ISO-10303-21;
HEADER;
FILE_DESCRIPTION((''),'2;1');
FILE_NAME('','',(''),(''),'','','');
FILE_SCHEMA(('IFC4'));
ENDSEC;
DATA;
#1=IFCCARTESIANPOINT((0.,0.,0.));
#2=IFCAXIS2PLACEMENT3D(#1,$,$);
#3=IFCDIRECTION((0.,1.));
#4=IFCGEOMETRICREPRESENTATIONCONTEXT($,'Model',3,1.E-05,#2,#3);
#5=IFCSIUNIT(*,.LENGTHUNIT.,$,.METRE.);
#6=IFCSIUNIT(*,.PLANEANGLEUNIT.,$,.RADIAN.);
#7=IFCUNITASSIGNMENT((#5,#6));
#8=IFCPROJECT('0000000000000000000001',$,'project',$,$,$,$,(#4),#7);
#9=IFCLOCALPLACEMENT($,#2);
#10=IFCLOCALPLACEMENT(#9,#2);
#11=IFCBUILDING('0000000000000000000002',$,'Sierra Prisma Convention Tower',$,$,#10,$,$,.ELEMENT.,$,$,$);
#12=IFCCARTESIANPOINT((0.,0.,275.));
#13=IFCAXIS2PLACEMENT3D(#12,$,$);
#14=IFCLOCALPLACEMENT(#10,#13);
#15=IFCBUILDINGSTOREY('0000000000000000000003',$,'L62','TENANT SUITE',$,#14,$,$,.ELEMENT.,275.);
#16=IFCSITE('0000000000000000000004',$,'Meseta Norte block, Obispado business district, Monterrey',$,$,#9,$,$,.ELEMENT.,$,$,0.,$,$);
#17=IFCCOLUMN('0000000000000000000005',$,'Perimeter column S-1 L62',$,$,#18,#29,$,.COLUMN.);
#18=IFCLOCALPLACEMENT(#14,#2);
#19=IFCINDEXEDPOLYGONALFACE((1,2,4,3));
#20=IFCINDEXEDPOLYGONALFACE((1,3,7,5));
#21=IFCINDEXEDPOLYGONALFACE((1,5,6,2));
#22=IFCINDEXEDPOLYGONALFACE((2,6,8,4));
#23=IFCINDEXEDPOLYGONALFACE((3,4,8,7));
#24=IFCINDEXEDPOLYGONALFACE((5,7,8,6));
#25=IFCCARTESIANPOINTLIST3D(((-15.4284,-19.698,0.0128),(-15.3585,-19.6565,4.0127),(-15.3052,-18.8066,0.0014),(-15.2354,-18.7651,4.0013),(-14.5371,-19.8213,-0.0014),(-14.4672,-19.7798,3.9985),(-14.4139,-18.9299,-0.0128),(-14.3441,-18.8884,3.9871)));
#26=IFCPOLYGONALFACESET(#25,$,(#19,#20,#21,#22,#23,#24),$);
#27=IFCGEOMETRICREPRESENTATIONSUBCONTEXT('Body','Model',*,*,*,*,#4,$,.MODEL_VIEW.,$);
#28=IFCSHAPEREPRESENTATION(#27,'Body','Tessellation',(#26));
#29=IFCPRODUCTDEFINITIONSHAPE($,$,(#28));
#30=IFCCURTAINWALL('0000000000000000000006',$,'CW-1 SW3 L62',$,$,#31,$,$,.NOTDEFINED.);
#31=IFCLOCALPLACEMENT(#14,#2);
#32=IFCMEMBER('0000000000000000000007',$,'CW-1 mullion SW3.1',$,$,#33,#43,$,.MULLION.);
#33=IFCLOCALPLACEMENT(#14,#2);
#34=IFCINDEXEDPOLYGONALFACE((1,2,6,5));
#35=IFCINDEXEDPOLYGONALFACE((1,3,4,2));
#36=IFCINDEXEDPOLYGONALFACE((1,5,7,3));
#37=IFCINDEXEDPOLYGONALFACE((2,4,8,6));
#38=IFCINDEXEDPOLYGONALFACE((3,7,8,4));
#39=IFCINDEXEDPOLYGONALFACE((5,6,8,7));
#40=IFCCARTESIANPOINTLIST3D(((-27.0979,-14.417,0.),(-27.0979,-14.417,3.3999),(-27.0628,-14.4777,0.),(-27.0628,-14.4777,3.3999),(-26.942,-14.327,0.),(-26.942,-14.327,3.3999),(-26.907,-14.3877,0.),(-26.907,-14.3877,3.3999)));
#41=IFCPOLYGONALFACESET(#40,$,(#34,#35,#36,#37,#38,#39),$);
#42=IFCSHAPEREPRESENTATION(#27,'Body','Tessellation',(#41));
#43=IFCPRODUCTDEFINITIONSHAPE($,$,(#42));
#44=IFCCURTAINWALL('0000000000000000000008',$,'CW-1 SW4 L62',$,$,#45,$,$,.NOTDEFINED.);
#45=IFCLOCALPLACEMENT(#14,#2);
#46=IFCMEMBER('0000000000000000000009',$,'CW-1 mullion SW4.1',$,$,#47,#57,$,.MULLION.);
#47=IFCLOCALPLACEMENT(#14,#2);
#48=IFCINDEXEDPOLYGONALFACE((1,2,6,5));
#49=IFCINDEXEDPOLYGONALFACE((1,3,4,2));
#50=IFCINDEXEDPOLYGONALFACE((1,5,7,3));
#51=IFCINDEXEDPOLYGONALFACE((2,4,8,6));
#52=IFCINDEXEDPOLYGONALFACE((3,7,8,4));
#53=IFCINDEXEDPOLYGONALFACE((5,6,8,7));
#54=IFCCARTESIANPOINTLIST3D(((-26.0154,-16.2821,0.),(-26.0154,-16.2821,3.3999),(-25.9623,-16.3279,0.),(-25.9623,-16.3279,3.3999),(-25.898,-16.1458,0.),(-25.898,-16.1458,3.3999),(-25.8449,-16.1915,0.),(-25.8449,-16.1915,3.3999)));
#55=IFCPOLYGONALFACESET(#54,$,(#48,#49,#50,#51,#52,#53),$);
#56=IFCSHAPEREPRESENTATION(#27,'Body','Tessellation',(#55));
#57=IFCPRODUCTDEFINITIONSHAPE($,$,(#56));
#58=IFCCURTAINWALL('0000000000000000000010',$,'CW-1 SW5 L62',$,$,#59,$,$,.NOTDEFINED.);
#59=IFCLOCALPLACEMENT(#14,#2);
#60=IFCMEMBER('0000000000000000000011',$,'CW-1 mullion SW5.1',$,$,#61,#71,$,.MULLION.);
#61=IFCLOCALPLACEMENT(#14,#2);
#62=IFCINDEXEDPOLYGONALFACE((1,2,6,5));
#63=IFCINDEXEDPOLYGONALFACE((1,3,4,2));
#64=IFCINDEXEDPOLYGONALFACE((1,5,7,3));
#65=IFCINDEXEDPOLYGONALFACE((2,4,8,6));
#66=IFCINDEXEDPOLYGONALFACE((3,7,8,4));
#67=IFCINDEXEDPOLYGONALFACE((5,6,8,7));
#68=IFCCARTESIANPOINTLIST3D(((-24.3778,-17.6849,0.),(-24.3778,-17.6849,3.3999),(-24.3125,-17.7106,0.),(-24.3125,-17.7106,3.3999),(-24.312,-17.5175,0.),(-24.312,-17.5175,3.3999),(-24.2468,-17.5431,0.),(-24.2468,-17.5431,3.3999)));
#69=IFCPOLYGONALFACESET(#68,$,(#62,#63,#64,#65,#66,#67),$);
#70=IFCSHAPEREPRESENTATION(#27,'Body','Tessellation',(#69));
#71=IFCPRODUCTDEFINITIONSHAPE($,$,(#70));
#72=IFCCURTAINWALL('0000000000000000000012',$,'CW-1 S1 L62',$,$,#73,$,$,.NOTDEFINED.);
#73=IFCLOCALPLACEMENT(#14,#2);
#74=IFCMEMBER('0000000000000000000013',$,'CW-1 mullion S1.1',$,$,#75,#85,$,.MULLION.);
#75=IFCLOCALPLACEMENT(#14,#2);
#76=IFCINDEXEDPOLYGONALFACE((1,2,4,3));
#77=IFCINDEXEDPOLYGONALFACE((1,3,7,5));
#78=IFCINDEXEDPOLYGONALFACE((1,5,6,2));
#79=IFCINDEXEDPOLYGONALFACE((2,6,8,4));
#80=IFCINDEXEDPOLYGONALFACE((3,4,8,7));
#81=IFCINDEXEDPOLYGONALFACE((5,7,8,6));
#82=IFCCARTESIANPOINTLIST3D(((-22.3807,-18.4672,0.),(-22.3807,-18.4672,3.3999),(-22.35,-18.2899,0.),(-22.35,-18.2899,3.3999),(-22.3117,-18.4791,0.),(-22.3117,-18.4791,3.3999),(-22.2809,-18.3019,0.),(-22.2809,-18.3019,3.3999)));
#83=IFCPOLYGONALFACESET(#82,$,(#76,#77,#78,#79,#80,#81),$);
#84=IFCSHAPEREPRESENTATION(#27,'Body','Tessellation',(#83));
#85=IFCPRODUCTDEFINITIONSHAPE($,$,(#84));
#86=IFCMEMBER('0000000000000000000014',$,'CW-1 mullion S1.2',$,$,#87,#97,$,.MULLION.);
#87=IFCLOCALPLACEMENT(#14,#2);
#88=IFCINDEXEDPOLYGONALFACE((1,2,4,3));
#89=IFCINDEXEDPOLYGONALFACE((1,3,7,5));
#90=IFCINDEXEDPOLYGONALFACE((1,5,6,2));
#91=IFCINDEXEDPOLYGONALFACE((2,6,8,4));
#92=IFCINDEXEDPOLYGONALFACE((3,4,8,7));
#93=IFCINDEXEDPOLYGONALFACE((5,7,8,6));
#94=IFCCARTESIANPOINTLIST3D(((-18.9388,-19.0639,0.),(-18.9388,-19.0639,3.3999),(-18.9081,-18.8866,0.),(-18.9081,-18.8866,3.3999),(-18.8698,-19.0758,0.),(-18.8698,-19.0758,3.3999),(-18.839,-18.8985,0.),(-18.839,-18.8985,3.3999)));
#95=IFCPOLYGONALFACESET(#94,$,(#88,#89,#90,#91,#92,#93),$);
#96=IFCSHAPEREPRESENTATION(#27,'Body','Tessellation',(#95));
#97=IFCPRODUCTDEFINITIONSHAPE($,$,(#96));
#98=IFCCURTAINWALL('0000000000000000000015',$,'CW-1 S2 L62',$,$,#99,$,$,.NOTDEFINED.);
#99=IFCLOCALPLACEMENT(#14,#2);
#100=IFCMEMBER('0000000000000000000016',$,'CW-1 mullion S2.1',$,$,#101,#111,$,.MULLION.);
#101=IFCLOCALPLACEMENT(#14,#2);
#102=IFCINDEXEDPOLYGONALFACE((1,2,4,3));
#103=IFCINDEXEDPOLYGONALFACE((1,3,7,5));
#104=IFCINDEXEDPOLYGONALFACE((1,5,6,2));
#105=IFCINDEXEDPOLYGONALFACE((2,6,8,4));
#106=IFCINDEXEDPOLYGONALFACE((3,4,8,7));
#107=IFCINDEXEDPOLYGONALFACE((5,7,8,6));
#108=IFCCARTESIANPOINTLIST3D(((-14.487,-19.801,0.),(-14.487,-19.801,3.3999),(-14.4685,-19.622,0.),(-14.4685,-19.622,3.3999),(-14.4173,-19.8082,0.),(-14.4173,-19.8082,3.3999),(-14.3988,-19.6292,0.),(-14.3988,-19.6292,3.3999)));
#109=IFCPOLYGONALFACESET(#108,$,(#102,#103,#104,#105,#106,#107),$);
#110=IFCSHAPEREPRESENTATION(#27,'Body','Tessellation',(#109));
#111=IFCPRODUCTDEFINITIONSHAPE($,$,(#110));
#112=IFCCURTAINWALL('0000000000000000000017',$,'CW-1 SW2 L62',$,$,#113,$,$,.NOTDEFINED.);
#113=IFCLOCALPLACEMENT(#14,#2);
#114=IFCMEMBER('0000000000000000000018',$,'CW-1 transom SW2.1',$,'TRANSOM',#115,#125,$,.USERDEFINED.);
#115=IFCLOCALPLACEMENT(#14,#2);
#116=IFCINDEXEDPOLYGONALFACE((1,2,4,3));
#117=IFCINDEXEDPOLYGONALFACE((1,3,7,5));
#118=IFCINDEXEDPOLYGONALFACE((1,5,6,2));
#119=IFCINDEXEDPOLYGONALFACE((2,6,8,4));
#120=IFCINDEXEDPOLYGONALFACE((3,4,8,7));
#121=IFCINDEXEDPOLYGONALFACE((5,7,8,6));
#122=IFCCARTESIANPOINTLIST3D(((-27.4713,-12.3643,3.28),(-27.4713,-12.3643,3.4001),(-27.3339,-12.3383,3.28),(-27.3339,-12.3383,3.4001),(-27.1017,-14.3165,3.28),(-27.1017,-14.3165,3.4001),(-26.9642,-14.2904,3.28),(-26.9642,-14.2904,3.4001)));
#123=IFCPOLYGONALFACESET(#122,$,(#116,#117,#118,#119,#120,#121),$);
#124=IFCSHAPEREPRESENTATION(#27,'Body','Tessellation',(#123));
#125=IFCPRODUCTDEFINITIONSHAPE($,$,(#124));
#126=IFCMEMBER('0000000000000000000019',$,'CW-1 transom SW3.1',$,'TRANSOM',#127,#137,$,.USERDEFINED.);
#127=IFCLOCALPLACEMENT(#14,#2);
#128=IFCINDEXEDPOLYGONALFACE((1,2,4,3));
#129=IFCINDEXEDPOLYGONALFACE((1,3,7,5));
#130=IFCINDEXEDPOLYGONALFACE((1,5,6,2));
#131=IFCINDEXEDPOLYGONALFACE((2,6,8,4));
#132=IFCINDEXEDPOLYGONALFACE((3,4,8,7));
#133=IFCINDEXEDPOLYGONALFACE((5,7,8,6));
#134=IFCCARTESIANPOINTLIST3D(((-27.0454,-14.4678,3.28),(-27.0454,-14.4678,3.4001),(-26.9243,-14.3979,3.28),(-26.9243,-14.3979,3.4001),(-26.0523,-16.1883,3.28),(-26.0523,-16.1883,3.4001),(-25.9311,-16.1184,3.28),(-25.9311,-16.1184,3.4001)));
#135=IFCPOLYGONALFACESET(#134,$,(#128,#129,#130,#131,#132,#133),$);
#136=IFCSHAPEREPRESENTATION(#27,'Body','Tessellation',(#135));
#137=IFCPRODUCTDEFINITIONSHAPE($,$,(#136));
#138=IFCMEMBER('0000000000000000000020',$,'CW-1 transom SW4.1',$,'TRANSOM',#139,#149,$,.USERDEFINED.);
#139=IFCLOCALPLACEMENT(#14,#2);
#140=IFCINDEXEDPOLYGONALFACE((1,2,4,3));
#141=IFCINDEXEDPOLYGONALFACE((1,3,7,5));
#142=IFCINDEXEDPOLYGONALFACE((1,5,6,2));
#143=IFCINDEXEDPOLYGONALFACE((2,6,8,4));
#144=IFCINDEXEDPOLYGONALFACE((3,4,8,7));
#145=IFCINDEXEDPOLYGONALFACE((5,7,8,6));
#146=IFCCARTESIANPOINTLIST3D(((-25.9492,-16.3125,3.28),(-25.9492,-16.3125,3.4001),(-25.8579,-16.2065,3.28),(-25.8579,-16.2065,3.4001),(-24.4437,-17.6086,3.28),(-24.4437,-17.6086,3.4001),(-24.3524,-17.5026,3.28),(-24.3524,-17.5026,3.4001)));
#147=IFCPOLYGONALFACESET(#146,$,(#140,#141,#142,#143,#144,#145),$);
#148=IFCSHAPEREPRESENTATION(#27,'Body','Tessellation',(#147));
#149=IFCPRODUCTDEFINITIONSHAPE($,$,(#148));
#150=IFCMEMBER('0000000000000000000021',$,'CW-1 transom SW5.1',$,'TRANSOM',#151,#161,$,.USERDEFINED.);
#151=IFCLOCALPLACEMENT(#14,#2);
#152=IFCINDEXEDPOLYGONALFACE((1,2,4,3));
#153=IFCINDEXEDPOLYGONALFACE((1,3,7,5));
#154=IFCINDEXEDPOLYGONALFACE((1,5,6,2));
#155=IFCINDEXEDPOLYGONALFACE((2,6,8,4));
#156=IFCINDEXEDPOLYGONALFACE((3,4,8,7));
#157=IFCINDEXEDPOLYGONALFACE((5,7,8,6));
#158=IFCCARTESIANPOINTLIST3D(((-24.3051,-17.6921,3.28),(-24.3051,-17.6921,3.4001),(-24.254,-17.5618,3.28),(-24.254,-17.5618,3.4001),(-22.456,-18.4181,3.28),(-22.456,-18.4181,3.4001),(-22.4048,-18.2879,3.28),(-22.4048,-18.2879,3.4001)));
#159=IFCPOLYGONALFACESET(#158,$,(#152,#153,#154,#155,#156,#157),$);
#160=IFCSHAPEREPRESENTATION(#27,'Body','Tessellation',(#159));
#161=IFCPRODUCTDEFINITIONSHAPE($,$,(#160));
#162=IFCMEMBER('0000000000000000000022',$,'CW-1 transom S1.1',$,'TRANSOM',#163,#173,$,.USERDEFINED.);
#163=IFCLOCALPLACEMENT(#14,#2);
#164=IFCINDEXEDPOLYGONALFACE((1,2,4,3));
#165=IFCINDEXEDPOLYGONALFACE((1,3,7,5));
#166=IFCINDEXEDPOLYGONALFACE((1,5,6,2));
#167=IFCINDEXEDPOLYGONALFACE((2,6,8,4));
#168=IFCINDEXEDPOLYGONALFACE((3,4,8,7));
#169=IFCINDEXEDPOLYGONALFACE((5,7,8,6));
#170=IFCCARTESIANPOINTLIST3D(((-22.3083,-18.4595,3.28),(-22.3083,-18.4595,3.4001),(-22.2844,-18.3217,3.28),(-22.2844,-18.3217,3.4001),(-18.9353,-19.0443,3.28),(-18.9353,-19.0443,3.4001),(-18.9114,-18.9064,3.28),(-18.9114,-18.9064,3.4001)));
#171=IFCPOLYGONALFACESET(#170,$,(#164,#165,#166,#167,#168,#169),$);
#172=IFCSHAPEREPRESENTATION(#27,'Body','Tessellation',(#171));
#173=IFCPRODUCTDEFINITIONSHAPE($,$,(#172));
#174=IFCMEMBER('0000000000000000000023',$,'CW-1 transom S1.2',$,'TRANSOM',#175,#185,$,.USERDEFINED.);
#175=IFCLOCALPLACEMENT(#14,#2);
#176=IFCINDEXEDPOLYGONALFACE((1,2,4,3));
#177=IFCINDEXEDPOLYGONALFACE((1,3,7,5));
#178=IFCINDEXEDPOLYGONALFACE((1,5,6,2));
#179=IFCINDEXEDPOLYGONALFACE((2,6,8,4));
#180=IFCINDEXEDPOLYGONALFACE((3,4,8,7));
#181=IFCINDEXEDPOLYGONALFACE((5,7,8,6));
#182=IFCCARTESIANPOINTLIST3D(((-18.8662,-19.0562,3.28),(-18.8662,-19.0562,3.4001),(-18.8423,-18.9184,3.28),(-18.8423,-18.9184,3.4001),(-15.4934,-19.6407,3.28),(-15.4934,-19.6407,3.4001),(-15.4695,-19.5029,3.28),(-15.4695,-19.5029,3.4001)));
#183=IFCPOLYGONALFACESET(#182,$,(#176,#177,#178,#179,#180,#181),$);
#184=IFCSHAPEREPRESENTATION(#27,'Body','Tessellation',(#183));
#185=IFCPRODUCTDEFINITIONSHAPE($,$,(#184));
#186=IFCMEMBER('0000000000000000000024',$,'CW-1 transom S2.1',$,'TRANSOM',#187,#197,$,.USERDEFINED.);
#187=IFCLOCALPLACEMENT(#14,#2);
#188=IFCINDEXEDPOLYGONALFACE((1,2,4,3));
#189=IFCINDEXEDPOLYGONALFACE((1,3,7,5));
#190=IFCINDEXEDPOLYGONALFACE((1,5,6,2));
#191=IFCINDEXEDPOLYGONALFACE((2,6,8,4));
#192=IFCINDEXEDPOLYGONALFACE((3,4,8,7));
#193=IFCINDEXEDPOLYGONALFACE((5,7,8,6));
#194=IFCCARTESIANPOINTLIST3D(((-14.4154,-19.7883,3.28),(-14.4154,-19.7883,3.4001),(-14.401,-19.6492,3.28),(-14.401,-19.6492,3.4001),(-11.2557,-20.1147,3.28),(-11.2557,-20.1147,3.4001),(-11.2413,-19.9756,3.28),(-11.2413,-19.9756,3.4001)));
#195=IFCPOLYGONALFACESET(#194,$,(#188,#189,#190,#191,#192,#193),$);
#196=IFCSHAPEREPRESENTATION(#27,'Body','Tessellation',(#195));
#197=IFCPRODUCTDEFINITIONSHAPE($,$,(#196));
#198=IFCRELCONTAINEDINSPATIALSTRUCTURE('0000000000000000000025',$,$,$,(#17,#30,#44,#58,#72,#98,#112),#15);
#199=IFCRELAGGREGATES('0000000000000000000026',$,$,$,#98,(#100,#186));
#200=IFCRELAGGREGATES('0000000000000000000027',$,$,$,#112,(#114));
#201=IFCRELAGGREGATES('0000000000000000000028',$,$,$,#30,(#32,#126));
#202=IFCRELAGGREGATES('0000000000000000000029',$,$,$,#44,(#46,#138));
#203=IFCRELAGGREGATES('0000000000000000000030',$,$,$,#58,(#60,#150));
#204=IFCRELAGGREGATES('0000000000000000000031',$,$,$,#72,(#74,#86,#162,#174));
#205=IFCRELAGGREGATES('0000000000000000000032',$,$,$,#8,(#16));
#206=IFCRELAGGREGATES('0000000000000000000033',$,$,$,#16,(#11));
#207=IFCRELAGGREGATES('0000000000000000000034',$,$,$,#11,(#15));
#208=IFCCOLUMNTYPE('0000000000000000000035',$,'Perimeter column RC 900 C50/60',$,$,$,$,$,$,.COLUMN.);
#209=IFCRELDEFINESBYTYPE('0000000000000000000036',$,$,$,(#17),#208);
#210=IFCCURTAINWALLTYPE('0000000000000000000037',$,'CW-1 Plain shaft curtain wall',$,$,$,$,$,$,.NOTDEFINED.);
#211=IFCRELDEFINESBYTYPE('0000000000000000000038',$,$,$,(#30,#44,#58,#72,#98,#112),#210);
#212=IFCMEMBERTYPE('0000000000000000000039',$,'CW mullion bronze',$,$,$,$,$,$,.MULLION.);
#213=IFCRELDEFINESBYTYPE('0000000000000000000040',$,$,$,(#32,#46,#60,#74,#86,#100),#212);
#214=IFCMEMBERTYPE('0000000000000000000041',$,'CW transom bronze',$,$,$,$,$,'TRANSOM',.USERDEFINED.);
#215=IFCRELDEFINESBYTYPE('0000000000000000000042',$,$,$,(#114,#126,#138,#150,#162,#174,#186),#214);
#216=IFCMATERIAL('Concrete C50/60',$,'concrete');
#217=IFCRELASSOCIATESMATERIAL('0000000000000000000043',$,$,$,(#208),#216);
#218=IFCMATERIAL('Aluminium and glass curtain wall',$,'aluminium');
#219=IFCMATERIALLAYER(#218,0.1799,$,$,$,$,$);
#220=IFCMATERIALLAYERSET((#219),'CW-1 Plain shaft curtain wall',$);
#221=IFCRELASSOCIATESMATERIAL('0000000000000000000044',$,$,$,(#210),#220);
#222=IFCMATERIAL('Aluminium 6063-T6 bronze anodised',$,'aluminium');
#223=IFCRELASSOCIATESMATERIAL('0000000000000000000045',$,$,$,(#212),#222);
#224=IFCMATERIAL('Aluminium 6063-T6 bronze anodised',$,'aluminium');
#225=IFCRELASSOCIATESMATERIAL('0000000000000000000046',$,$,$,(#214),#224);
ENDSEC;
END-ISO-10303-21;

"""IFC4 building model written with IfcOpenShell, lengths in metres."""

from ifc_helpers import new_model, si_unit, direction, frame, origin, origin_2d, place, context, subcontext, project, spatial, rectangle, extrude, material, layer, layer_set, material_profile, profile_set, type_object, element, aggregate, save


model = new_model("IFC4")

# Units and contexts
model_context = context("Model", 3, precision=1e-05, world=origin(), true_north=direction((0.0, 1.0)))
body_context = subcontext(model_context, "Body", "Model", "MODEL_VIEW")
ifc_project = project(units=[si_unit("LENGTHUNIT", "METRE"), si_unit("PLANEANGLEUNIT", "RADIAN")], contexts=[model_context])

# Site, building, storey
site_placement = place(None, origin())
site = spatial("IfcSite", under=ifc_project, at=site_placement, Name="Meseta Norte block, Obispado business district, Monterrey", CompositionType="ELEMENT", RefElevation=0.0)
building_placement = place(site_placement, origin())
building = spatial("IfcBuilding", under=site, at=building_placement, Name="Sierra Prisma Convention Tower", CompositionType="ELEMENT")
storey_placement = place(building_placement, frame((0.0, 0.0, 275.0)))
storey = spatial("IfcBuildingStorey", under=building, at=storey_placement, Name="L62", Description="TENANT SUITE", CompositionType="ELEMENT", Elevation=275.0)

# Column
ifc_material_1 = material(Name="Concrete C50/60", Category="concrete")
ifc_material_profile_1 = material_profile(ifc_material_1, rectangle(XDim=0.8999, YDim=0.8999, at=origin_2d()), Name="Perimeter column RC 900 C50/60")
ifc_profile_set_1 = profile_set([ifc_material_profile_1], Name="Concrete C50/60")
column_type = type_object("IfcColumnType", Name="Perimeter column RC 900 C50/60", PredefinedType="COLUMN", material=ifc_profile_set_1)
column_placement = place(storey_placement, frame((-14.9211, -19.314, 0.0), z_axis=(0.017452, 0.010374, 0.999794), x_axis=(-0.990437, 0.137048, 0.015867)))
element("IfcColumn", 1, at=column_placement, inside=storey, type_object=column_type, Name="Perimeter column S-1 L62", PredefinedType="COLUMN", context=body_context, shape_type="SweptSolid", body=[
    extrude(rectangle(XDim=0.8999, YDim=0.8999, at=origin_2d()), origin(), (0.0, 0.0, 1.0), 4.0007),
])

# Curtain walls, members
ifc_material_2 = material(Name="Aluminium and glass curtain wall", Category="aluminium")
ifc_layer_1 = layer(ifc_material_2, 0.1799)
ifc_layer_set_1 = layer_set([ifc_layer_1], Name="CW-1 Plain shaft curtain wall")
curtain_wall_type = type_object("IfcCurtainWallType", Name="CW-1 Plain shaft curtain wall", PredefinedType="NOTDEFINED", material=ifc_layer_set_1)
curtain_wall_1_placement = place(storey_placement, origin())
curtain_wall_1 = element("IfcCurtainWall", 2, at=curtain_wall_1_placement, inside=storey, type_object=curtain_wall_type, Name="CW-1 SW3 L62", PredefinedType="NOTDEFINED")
ifc_material_3 = material(Name="Aluminium 6063-T6 bronze anodised", Category="aluminium")
ifc_material_profile_2 = material_profile(ifc_material_3, rectangle(XDim=0.1799, YDim=0.0701, at=origin_2d()), Name="ALU MULLION 70x180")
ifc_profile_set_2 = profile_set([ifc_material_profile_2], Name="Aluminium 6063-T6 bronze anodised")
member_type_1 = type_object("IfcMemberType", Name="CW mullion bronze", PredefinedType="MULLION", material=ifc_profile_set_2)
member_1_placement = place(storey_placement, frame((-27.0024, -14.4023, 0.0), z_axis=(0.0, 0.0, 1.0), x_axis=(0.866025, 0.5, 0.0)))
member_1 = element("IfcMember", 3, at=member_1_placement, type_object=member_type_1, Name="CW-1 mullion SW3.1", PredefinedType="MULLION", context=body_context, shape_type="SweptSolid", body=[
    extrude(rectangle(XDim=0.1799, YDim=0.0701, at=origin_2d()), origin(), (0.0, 0.0, 1.0), 3.3999),
])
curtain_wall_2_placement = place(storey_placement, origin())
curtain_wall_2 = element("IfcCurtainWall", 4, at=curtain_wall_2_placement, inside=storey, type_object=curtain_wall_type, Name="CW-1 SW4 L62", PredefinedType="NOTDEFINED")
member_2_placement = place(storey_placement, frame((-25.9302, -16.2368, 0.0), z_axis=(0.0, 0.0, 1.0), x_axis=(0.652367, 0.757903, 0.0)))
member_2 = element("IfcMember", 5, at=member_2_placement, type_object=member_type_1, Name="CW-1 mullion SW4.1", PredefinedType="MULLION", context=body_context, shape_type="SweptSolid", body=[
    extrude(rectangle(XDim=0.1799, YDim=0.0701, at=origin_2d()), origin(), (0.0, 0.0, 1.0), 3.3999),
])
curtain_wall_3_placement = place(storey_placement, origin())
curtain_wall_3 = element("IfcCurtainWall", 6, at=curtain_wall_3_placement, inside=storey, type_object=curtain_wall_type, Name="CW-1 SW5 L62", PredefinedType="NOTDEFINED")
member_3_placement = place(storey_placement, frame((-24.3123, -17.614, 0.0), z_axis=(0.0, 0.0, 1.0), x_axis=(0.365536, 0.930797, 0.0)))
member_3 = element("IfcMember", 7, at=member_3_placement, type_object=member_type_1, Name="CW-1 mullion SW5.1", PredefinedType="MULLION", context=body_context, shape_type="SweptSolid", body=[
    extrude(rectangle(XDim=0.1799, YDim=0.0701, at=origin_2d()), origin(), (0.0, 0.0, 1.0), 3.3999),
])

# Curtain wall, members
curtain_wall_4_placement = place(storey_placement, origin())
curtain_wall_4 = element("IfcCurtainWall", 8, at=curtain_wall_4_placement, inside=storey, type_object=curtain_wall_type, Name="CW-1 S1 L62", PredefinedType="NOTDEFINED")
member_4_placement = place(storey_placement, frame((-22.3308, -18.3845, 0.0), z_axis=(0.0, 0.0, 1.0), x_axis=(0.170793, 0.985307, 0.0)))
member_4 = element("IfcMember", 9, at=member_4_placement, type_object=member_type_1, Name="CW-1 mullion S1.1", PredefinedType="MULLION", context=body_context, shape_type="SweptSolid", body=[
    extrude(rectangle(XDim=0.1799, YDim=0.0701, at=origin_2d()), origin(), (0.0, 0.0, 1.0), 3.3999),
])
member_5_placement = place(storey_placement, frame((-18.8889, -18.9812, 0.0), z_axis=(0.0, 0.0, 1.0), x_axis=(0.170793, 0.985307, 0.0)))
member_5 = element("IfcMember", 10, at=member_5_placement, type_object=member_type_1, Name="CW-1 mullion S1.2", PredefinedType="MULLION", context=body_context, shape_type="SweptSolid", body=[
    extrude(rectangle(XDim=0.1799, YDim=0.0701, at=origin_2d()), origin(), (0.0, 0.0, 1.0), 3.3999),
])

# Curtain walls, members
curtain_wall_5_placement = place(storey_placement, origin())
curtain_wall_5 = element("IfcCurtainWall", 11, at=curtain_wall_5_placement, inside=storey, type_object=curtain_wall_type, Name="CW-1 S2 L62", PredefinedType="NOTDEFINED")
member_6_placement = place(storey_placement, frame((-14.4429, -19.7151, 0.0), z_axis=(0.0, 0.0, 1.0), x_axis=(0.102799, 0.994702, 0.0)))
member_6 = element("IfcMember", 12, at=member_6_placement, type_object=member_type_1, Name="CW-1 mullion S2.1", PredefinedType="MULLION", context=body_context, shape_type="SweptSolid", body=[
    extrude(rectangle(XDim=0.1799, YDim=0.0701, at=origin_2d()), origin(), (0.0, 0.0, 1.0), 3.3999),
])
curtain_wall_6_placement = place(storey_placement, origin())
curtain_wall_6 = element("IfcCurtainWall", 13, at=curtain_wall_6_placement, inside=storey, type_object=curtain_wall_type, Name="CW-1 SW2 L62", PredefinedType="NOTDEFINED")
ifc_material_4 = material(Name="Aluminium 6063-T6 bronze anodised", Category="aluminium")
ifc_material_profile_3 = material_profile(ifc_material_4, rectangle(XDim=0.1399, YDim=0.1201, at=origin_2d()), Name="ALU TRANSOM 120x140")
ifc_profile_set_3 = profile_set([ifc_material_profile_3], Name="Aluminium 6063-T6 bronze anodised")
member_type_2 = type_object("IfcMemberType", Name="CW transom bronze", ElementType="TRANSOM", PredefinedType="USERDEFINED", material=ifc_profile_set_3)
member_7_placement = place(storey_placement, frame((-27.4026, -12.3513, 3.3401), z_axis=(0.186039, -0.982542, 0.0), x_axis=(0.982542, 0.186039, 0.0)))
member_7 = element("IfcMember", 14, at=member_7_placement, type_object=member_type_2, Name="CW-1 transom SW2.1", ObjectType="TRANSOM", PredefinedType="USERDEFINED", context=body_context, shape_type="SweptSolid", body=[
    extrude(rectangle(XDim=0.1399, YDim=0.1201, at=origin_2d()), origin(), (0.0, 0.0, 1.0), 1.9868),
])

# Members
member_8_placement = place(storey_placement, frame((-26.9849, -14.4329, 3.3401), z_axis=(0.499946, -0.866057, 0.0), x_axis=(0.866057, 0.499946, 0.0)))
member_8 = element("IfcMember", 15, at=member_8_placement, type_object=member_type_2, Name="CW-1 transom SW3.1", ObjectType="TRANSOM", PredefinedType="USERDEFINED", context=body_context, shape_type="SweptSolid", body=[
    extrude(rectangle(XDim=0.1399, YDim=0.1201, at=origin_2d()), origin(), (0.0, 0.0, 1.0), 1.9866),
])
member_9_placement = place(storey_placement, frame((-25.9036, -16.2595, 3.3401), z_axis=(0.757858, -0.652419, 0.0), x_axis=(0.652419, 0.757858, 0.0)))
member_9 = element("IfcMember", 16, at=member_9_placement, type_object=member_type_2, Name="CW-1 transom SW4.1", ObjectType="TRANSOM", PredefinedType="USERDEFINED", context=body_context, shape_type="SweptSolid", body=[
    extrude(rectangle(XDim=0.1399, YDim=0.1201, at=origin_2d()), origin(), (0.0, 0.0, 1.0), 1.9866),
])
member_10_placement = place(storey_placement, frame((-24.2795, -17.627, 3.3401), z_axis=(0.930814, -0.365493, 0.0), x_axis=(0.365493, 0.930814, 0.0)))
member_10 = element("IfcMember", 17, at=member_10_placement, type_object=member_type_2, Name="CW-1 transom SW5.1", ObjectType="TRANSOM", PredefinedType="USERDEFINED", context=body_context, shape_type="SweptSolid", body=[
    extrude(rectangle(XDim=0.1399, YDim=0.1201, at=origin_2d()), origin(), (0.0, 0.0, 1.0), 1.9866),
])
member_11_placement = place(storey_placement, frame((-22.2964, -18.3906, 3.3401), z_axis=(0.985305, -0.170802, 0.0), x_axis=(0.170802, 0.985305, 0.0)))
member_11 = element("IfcMember", 18, at=member_11_placement, type_object=member_type_2, Name="CW-1 transom S1.1", ObjectType="TRANSOM", PredefinedType="USERDEFINED", context=body_context, shape_type="SweptSolid", body=[
    extrude(rectangle(XDim=0.1399, YDim=0.1201, at=origin_2d()), origin(), (0.0, 0.0, 1.0), 3.4233),
])
member_12_placement = place(storey_placement, frame((-18.8542, -18.9873, 3.3401), z_axis=(0.985315, -0.170745, 0.0), x_axis=(0.170745, 0.985315, 0.0)))
member_12 = element("IfcMember", 19, at=member_12_placement, type_object=member_type_2, Name="CW-1 transom S1.2", ObjectType="TRANSOM", PredefinedType="USERDEFINED", context=body_context, shape_type="SweptSolid", body=[
    extrude(rectangle(XDim=0.1399, YDim=0.1201, at=origin_2d()), origin(), (0.0, 0.0, 1.0), 3.4231),
])
member_13_placement = place(storey_placement, frame((-14.4082, -19.7188, 3.3401), z_axis=(0.994706, -0.10276, 0.0), x_axis=(0.10276, 0.994706, 0.0)))
member_13 = element("IfcMember", 20, at=member_13_placement, type_object=member_type_2, Name="CW-1 transom S2.1", ObjectType="TRANSOM", PredefinedType="USERDEFINED", context=body_context, shape_type="SweptSolid", body=[
    extrude(rectangle(XDim=0.1399, YDim=0.1201, at=origin_2d()), origin(), (0.0, 0.0, 1.0), 3.1765),
])
aggregate(curtain_wall_5, [member_6, member_13])

aggregate(curtain_wall_6, [member_7])
aggregate(curtain_wall_1, [member_1, member_8])
aggregate(curtain_wall_2, [member_2, member_9])
aggregate(curtain_wall_3, [member_3, member_10])
aggregate(curtain_wall_4, [member_4, member_5, member_11, member_12])

save(model, "model.ifc")
